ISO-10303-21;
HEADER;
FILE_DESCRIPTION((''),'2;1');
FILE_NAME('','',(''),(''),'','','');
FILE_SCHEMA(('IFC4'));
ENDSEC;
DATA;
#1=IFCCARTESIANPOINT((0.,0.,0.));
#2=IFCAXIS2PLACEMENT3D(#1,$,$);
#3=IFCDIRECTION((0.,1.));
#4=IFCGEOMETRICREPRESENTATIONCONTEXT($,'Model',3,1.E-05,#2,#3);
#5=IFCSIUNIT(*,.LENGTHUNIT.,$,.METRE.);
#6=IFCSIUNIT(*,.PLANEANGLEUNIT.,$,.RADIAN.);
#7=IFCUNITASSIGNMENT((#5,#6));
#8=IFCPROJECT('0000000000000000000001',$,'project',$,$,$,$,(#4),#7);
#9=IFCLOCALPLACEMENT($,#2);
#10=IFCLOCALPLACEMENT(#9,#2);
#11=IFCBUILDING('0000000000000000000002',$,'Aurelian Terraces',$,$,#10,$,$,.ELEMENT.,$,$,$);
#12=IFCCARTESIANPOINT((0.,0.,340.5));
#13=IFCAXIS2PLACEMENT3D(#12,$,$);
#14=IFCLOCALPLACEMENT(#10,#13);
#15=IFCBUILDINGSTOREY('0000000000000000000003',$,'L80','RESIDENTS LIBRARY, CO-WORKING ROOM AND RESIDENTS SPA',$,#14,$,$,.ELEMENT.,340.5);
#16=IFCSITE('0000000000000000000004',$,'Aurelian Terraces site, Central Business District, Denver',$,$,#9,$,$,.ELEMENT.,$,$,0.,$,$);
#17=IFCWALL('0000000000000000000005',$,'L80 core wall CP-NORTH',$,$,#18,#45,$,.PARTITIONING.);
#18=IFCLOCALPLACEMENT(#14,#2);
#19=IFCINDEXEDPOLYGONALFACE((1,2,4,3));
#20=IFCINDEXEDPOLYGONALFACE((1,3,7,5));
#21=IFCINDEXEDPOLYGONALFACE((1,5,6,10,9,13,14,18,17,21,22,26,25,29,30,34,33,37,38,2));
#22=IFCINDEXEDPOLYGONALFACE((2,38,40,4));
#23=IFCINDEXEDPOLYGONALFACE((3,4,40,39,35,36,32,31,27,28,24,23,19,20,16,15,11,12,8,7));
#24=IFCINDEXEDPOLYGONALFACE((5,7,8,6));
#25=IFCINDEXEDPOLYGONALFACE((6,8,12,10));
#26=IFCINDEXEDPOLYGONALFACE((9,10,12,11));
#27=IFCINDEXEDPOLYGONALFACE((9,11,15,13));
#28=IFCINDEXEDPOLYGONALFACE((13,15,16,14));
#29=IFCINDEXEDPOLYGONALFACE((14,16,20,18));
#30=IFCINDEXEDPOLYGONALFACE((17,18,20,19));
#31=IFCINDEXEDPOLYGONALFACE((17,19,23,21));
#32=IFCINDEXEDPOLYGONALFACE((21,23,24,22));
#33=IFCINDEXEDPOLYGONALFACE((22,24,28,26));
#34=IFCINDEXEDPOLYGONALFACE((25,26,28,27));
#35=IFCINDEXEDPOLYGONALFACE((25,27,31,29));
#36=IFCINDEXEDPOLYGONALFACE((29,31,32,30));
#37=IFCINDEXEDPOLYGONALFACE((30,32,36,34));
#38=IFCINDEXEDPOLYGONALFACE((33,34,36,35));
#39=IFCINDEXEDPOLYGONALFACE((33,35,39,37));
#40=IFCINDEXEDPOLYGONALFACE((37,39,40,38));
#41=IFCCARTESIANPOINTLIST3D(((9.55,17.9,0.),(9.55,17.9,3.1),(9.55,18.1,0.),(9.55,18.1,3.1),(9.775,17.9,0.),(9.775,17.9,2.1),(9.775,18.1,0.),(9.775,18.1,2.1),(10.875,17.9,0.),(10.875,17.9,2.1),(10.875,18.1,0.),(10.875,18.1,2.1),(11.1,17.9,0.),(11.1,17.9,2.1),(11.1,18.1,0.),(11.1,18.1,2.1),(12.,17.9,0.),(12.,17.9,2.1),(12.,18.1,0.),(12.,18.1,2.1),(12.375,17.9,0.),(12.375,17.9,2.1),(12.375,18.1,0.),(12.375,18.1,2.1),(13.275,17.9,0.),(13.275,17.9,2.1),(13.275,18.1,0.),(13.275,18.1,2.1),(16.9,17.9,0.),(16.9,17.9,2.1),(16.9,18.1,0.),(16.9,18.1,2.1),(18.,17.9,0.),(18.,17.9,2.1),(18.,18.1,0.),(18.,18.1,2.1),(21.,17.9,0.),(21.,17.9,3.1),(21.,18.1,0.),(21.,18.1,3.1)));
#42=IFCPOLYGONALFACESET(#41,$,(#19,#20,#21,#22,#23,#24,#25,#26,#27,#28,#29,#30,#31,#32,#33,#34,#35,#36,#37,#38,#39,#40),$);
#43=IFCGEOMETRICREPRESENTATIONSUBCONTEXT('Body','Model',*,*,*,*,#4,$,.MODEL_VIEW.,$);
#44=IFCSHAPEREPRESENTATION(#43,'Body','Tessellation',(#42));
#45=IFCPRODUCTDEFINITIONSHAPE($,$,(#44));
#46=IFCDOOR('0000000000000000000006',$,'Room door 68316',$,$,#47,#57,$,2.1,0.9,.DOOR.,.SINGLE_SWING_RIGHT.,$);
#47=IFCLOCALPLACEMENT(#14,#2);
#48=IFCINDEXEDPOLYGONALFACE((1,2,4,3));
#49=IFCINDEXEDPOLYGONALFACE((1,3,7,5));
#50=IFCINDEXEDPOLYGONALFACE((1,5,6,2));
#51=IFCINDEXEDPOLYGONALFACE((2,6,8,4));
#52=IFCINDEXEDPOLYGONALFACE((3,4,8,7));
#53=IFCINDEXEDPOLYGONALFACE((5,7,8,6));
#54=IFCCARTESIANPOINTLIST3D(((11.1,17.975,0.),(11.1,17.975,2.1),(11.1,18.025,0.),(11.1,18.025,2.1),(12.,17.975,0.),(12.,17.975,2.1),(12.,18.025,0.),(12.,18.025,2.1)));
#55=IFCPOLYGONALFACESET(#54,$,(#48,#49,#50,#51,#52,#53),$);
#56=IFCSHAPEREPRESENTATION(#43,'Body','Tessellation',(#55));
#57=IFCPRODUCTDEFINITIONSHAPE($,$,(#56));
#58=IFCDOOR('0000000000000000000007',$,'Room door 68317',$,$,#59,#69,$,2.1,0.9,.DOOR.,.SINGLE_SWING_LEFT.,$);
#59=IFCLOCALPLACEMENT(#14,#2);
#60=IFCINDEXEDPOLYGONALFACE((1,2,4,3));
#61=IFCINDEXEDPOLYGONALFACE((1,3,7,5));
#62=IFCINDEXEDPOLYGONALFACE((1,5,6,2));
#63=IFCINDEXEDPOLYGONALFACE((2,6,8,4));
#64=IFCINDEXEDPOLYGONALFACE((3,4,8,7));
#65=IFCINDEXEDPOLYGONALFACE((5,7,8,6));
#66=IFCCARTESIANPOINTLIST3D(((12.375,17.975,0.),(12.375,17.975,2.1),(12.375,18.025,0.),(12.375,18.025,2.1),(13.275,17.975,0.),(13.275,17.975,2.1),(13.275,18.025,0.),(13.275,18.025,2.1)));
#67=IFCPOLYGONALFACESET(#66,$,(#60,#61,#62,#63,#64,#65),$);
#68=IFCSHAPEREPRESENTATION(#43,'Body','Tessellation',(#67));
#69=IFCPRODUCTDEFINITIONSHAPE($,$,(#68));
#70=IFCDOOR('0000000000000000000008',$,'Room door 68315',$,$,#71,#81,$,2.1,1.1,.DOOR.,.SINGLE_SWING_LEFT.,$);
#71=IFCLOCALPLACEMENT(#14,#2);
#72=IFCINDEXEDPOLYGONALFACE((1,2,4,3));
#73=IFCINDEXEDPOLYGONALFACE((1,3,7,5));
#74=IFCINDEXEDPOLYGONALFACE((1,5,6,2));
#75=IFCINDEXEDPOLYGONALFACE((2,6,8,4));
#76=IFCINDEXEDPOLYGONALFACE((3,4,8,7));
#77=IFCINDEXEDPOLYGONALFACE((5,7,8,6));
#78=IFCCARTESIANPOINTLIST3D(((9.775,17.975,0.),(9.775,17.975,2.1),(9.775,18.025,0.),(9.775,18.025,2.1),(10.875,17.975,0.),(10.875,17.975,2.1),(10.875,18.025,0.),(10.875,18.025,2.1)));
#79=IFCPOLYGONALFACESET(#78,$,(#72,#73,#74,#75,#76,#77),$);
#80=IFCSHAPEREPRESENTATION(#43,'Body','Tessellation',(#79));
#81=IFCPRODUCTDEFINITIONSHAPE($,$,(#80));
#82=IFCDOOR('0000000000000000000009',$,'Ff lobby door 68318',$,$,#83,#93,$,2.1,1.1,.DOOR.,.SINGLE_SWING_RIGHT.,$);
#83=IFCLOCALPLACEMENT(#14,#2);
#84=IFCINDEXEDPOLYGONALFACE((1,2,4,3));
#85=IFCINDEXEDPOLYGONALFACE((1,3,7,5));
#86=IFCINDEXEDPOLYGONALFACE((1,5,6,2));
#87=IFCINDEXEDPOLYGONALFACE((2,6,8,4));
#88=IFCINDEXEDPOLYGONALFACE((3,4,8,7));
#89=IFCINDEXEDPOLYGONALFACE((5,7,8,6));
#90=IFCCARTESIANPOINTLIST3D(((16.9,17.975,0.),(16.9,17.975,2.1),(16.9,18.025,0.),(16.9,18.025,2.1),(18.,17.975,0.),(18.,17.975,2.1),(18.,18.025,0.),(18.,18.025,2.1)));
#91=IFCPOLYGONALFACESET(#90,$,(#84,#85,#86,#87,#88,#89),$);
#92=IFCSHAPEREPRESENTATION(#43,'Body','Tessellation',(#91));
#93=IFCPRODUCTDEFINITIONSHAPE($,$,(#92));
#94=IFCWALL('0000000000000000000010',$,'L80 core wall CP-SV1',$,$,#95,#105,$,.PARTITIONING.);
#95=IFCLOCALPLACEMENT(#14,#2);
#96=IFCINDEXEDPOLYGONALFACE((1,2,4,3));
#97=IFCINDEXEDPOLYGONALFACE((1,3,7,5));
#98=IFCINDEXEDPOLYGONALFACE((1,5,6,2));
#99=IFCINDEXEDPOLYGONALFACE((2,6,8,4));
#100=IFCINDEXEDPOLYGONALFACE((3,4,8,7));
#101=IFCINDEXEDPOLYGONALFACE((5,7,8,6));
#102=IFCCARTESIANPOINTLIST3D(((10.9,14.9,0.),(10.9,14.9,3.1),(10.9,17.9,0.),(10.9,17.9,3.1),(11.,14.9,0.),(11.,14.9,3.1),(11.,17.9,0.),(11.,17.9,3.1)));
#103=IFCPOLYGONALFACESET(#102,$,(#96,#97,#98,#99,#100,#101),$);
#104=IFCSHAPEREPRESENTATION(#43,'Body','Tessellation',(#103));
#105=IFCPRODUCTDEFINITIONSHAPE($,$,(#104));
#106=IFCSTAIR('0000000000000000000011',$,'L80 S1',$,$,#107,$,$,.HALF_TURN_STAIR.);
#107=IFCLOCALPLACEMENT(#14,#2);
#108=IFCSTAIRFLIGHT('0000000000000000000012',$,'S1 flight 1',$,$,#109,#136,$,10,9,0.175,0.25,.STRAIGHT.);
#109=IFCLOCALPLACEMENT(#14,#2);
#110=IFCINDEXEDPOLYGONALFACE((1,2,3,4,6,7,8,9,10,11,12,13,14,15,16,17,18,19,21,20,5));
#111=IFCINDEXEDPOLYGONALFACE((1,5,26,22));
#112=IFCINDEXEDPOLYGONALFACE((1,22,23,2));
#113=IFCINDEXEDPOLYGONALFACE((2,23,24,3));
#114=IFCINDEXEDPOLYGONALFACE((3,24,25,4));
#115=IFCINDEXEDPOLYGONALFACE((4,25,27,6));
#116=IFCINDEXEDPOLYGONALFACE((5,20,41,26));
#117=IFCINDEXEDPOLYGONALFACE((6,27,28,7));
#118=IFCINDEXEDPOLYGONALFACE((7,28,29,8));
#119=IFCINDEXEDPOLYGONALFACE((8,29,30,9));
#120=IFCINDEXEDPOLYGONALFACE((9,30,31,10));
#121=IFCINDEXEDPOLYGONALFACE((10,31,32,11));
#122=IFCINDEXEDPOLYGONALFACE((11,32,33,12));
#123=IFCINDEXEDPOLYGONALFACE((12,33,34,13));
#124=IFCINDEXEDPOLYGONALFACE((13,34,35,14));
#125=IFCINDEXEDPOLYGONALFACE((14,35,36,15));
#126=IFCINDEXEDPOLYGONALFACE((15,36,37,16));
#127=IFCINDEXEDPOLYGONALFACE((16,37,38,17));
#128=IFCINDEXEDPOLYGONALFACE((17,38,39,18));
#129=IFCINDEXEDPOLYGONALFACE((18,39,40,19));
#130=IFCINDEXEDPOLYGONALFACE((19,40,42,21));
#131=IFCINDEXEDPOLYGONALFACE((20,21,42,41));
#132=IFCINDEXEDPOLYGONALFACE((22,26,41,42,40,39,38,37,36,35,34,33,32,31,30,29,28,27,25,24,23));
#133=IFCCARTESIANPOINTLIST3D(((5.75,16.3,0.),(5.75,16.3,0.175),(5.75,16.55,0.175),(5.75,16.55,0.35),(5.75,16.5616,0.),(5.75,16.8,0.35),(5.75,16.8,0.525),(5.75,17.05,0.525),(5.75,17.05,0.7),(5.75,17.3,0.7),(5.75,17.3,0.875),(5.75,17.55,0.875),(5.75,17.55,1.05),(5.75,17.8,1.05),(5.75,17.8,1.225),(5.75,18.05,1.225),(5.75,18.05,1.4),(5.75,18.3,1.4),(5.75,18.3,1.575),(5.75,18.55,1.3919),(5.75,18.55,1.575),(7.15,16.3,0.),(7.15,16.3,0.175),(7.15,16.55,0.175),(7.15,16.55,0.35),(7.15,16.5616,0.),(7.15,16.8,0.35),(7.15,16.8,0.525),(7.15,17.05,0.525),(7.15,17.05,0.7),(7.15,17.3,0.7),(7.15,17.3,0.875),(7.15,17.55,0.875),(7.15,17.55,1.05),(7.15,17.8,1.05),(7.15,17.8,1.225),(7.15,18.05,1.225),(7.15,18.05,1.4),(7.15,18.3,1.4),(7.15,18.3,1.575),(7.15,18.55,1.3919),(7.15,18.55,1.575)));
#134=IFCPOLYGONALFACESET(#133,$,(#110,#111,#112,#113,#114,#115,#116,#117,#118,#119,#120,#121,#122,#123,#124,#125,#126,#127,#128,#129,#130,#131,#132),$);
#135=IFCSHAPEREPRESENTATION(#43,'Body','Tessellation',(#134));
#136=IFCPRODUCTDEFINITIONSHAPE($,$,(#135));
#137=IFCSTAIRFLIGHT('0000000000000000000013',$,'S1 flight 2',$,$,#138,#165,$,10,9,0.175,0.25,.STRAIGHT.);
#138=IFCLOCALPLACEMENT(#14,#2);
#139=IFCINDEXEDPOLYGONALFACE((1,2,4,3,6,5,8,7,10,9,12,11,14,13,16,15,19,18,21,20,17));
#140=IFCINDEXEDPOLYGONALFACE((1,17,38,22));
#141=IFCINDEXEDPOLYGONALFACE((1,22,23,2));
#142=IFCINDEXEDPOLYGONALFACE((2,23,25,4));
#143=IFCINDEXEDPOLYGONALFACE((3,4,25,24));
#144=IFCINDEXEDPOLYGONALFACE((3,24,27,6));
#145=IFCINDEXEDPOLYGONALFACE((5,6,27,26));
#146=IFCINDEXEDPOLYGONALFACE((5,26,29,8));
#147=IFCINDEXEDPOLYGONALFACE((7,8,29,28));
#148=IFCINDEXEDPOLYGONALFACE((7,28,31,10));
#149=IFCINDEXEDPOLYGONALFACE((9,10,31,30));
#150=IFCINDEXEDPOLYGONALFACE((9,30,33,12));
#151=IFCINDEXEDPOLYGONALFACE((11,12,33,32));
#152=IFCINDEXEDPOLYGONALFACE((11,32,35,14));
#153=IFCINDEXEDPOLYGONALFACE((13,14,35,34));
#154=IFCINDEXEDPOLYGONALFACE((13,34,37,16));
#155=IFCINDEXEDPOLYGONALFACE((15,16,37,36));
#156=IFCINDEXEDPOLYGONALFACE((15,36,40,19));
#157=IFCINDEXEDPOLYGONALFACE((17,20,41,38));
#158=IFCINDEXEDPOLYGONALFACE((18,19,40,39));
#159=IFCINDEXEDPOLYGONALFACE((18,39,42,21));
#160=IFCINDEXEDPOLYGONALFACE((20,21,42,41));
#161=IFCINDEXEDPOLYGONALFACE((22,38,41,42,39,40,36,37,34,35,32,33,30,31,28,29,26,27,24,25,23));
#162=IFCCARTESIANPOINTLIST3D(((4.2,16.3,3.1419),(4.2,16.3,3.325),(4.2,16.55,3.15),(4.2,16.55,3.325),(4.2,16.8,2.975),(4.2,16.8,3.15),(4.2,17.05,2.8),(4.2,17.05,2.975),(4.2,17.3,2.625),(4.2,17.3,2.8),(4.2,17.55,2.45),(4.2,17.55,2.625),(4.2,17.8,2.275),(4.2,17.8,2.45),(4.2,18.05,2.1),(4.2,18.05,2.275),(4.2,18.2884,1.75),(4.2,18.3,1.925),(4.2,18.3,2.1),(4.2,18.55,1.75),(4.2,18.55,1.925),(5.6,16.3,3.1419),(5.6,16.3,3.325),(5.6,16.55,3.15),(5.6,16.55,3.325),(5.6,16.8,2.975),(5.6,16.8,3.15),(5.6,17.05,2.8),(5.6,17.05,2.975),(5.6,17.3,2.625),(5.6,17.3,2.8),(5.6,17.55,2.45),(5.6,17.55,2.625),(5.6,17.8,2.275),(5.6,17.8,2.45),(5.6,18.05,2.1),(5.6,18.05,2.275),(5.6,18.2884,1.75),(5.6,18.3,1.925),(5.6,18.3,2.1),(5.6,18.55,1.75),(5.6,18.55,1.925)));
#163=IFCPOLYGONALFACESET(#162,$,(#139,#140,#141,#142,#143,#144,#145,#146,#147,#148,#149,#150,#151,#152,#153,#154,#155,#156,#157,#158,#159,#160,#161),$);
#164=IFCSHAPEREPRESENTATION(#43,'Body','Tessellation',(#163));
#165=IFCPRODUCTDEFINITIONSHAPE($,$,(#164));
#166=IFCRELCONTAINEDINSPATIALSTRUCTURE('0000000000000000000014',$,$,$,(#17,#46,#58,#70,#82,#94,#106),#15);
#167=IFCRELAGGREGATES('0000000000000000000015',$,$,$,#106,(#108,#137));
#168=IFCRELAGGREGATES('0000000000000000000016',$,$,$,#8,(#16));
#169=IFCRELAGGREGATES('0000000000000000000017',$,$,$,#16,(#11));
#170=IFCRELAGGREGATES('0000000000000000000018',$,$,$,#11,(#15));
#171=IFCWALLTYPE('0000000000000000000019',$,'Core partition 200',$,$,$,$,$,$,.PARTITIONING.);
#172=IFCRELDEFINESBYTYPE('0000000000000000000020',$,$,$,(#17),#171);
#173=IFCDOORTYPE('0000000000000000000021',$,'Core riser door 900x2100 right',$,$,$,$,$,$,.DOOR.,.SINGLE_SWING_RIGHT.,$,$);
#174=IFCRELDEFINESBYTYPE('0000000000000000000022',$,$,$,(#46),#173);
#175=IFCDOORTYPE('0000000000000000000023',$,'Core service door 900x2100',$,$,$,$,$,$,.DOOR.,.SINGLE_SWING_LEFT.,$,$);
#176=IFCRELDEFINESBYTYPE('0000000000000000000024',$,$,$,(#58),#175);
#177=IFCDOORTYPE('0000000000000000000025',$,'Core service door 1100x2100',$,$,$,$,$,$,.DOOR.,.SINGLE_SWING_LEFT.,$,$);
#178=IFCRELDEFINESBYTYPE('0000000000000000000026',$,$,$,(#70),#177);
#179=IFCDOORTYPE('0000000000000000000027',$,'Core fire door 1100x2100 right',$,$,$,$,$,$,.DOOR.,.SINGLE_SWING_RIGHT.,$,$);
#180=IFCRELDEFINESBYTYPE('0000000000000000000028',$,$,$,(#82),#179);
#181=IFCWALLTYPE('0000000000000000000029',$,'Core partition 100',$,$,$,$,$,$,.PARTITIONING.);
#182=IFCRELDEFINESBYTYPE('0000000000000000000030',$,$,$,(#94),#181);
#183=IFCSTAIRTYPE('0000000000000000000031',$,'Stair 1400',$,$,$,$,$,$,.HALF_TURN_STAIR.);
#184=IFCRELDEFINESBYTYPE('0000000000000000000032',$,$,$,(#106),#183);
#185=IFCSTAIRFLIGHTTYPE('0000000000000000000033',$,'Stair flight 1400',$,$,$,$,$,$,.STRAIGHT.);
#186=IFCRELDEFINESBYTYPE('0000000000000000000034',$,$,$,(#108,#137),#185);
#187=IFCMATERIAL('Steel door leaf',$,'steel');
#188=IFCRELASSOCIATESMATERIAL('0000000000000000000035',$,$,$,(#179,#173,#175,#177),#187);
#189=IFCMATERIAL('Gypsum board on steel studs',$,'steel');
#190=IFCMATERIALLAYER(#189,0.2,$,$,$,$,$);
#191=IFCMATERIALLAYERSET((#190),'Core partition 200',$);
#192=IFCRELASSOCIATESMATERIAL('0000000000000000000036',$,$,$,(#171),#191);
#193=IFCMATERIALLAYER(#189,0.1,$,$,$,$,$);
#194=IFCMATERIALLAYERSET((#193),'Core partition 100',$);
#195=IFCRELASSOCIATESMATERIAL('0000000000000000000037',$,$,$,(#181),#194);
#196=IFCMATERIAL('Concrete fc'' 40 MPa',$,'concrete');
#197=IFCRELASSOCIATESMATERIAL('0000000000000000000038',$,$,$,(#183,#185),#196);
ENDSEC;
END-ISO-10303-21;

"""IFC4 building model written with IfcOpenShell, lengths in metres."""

from ifc_helpers import new_model, si_unit, direction, frame, frame_2d, origin, place, context, subcontext, project, spatial, polyline, rectangle, outline, extrude, source, transform, mapped, material, layer, layer_set, type_object, element, fill, aggregate, save


model = new_model("IFC4")

# Units and contexts
model_context = context("Model", 3, precision=1e-05, world=origin(), true_north=direction((0.0, 1.0)))
body_context = subcontext(model_context, "Body", "Model", "MODEL_VIEW")
ifc_project = project(units=[si_unit("LENGTHUNIT", "METRE"), si_unit("PLANEANGLEUNIT", "RADIAN")], contexts=[model_context])

# Site, building, storey
site_placement = place(None, origin())
site = spatial("IfcSite", under=ifc_project, at=site_placement, Name="Aurelian Terraces site, Central Business District, Denver", CompositionType="ELEMENT", RefElevation=0.0)
building_placement = place(site_placement, origin())
building = spatial("IfcBuilding", under=site, at=building_placement, Name="Aurelian Terraces", CompositionType="ELEMENT")
storey_placement = place(building_placement, frame((0.0, 0.0, 340.5)))
storey = spatial("IfcBuildingStorey", under=building, at=storey_placement, Name="L80", Description="RESIDENTS LIBRARY, CO-WORKING ROOM AND RESIDENTS SPA", CompositionType="ELEMENT", Elevation=340.5)

# Shared definitions
ifc_material_1 = material(Name="Concrete fc' 40 MPa", Category="concrete")

# Shared definitions
shared_shape_1 = source(origin(), body_context, "Body", "SweptSolid", [
    extrude(rectangle(XDim=1.1, YDim=2.1, at=frame_2d((0.55, 1.05))), frame((0.0, 0.11, 0.0), z_axis=(0.0, -1.0, 0.0), x_axis=(1.0, 0.0, 0.0)), (0.0, 0.0, 1.0), 0.22),
])
ifc_material_2 = material(Name="Steel door leaf", Category="steel")
door_type_1 = type_object("IfcDoorType", Name="Core fire door 1100x2100 right", OperationType="SINGLE_SWING_RIGHT", PredefinedType="DOOR", material=ifc_material_2)
shared_shape_2 = source(origin(), body_context, "Body", "SweptSolid", [
    extrude(rectangle(XDim=1.1, YDim=2.1, at=frame_2d((0.55, 1.05))), frame((0.0, 0.025, 0.0), z_axis=(0.0, -1.0, 0.0), x_axis=(1.0, 0.0, 0.0)), (0.0, 0.0, 1.0), 0.05),
])

# Shared definitions
ifc_material_3 = material(Name="Gypsum board on steel studs", Category="steel")
ifc_layer_1 = layer(ifc_material_3, 0.2)
ifc_layer_set_1 = layer_set([ifc_layer_1], Name="Core partition 200")
wall_type_1 = type_object("IfcWallType", Name="Core partition 200", PredefinedType="PARTITIONING", material=ifc_layer_set_1)

# Wall, openings, doors
shared_shape_3 = source(origin(), body_context, "Body", "SweptSolid", [
    extrude(rectangle(XDim=11.45, YDim=0.2, at=frame_2d((5.725, 0.0))), origin(), (0.0, 0.0, 1.0), 3.1),
])
wall_1_placement = place(storey_placement, frame((9.55, 18.0, 0.0), z_axis=(0.0, 0.0, 1.0), x_axis=(1.0, 0.0, 0.0)))
wall_1 = element("IfcWall", 1, at=wall_1_placement, inside=storey, type_object=wall_type_1, Name="L80 core wall CP-NORTH", PredefinedType="PARTITIONING", context=body_context, shape_type="MappedRepresentation", body=[
    mapped(shared_shape_3, transform((0.0, 0.0, 0.0), scale=1.0)),
])
opening_1_placement = place(wall_1_placement, frame((0.225, 0.0, 0.0)))
opening_1 = element("IfcOpeningElement", 2, at=opening_1_placement, cuts=wall_1, PredefinedType="OPENING", context=body_context, shape_type="MappedRepresentation", body=[
    mapped(shared_shape_1, transform((0.0, 0.0, 0.0), scale=1.0)),
])
shared_shape_4 = source(origin(), body_context, "Body", "SweptSolid", [
    extrude(rectangle(XDim=0.9, YDim=2.1, at=frame_2d((0.45, 1.05))), frame((0.0, 0.11, 0.0), z_axis=(0.0, -1.0, 0.0), x_axis=(1.0, 0.0, 0.0)), (0.0, 0.0, 1.0), 0.22),
])
opening_2_placement = place(wall_1_placement, frame((1.55, 0.0, 0.0)))
opening_2 = element("IfcOpeningElement", 3, at=opening_2_placement, cuts=wall_1, PredefinedType="OPENING", context=body_context, shape_type="MappedRepresentation", body=[
    mapped(shared_shape_4, transform((0.0, 0.0, 0.0), scale=1.0)),
])
opening_3_placement = place(wall_1_placement, frame((2.825, 0.0, 0.0)))
opening_3 = element("IfcOpeningElement", 4, at=opening_3_placement, cuts=wall_1, PredefinedType="OPENING", context=body_context, shape_type="MappedRepresentation", body=[
    mapped(shared_shape_4, transform((0.0, 0.0, 0.0), scale=1.0)),
])
opening_4_placement = place(wall_1_placement, frame((7.35, 0.0, 0.0)))
opening_4 = element("IfcOpeningElement", 5, at=opening_4_placement, cuts=wall_1, PredefinedType="OPENING", context=body_context, shape_type="MappedRepresentation", body=[
    mapped(shared_shape_1, transform((0.0, 0.0, 0.0), scale=1.0)),
])
door_type_2 = type_object("IfcDoorType", Name="Core riser door 900x2100 right", OperationType="SINGLE_SWING_RIGHT", PredefinedType="DOOR", material=ifc_material_2)
shared_shape_5 = source(origin(), body_context, "Body", "SweptSolid", [
    extrude(rectangle(XDim=0.9, YDim=2.1, at=frame_2d((0.45, 1.05))), frame((0.0, 0.025, 0.0), z_axis=(0.0, -1.0, 0.0), x_axis=(1.0, 0.0, 0.0)), (0.0, 0.0, 1.0), 0.05),
])
door_1_placement = place(opening_2_placement, origin())
door_1 = element("IfcDoor", 6, at=door_1_placement, inside=storey, type_object=door_type_2, Name="Room door 68316", OperationType="SINGLE_SWING_RIGHT", OverallHeight=2.1, OverallWidth=0.9, PredefinedType="DOOR", context=body_context, shape_type="MappedRepresentation", body=[
    mapped(shared_shape_5, transform((0.0, 0.0, 0.0), scale=1.0)),
])
fill(opening_2, door_1)
door_type_3 = type_object("IfcDoorType", Name="Core service door 900x2100", OperationType="SINGLE_SWING_LEFT", PredefinedType="DOOR", material=ifc_material_2)
door_2_placement = place(opening_3_placement, origin())
door_2 = element("IfcDoor", 7, at=door_2_placement, inside=storey, type_object=door_type_3, Name="Room door 68317", OperationType="SINGLE_SWING_LEFT", OverallHeight=2.1, OverallWidth=0.9, PredefinedType="DOOR", context=body_context, shape_type="MappedRepresentation", body=[
    mapped(shared_shape_5, transform((0.0, 0.0, 0.0), scale=1.0)),
])
fill(opening_3, door_2)
door_type_4 = type_object("IfcDoorType", Name="Core service door 1100x2100", OperationType="SINGLE_SWING_LEFT", PredefinedType="DOOR", material=ifc_material_2)
door_3_placement = place(opening_1_placement, origin())
door_3 = element("IfcDoor", 8, at=door_3_placement, inside=storey, type_object=door_type_4, Name="Room door 68315", OperationType="SINGLE_SWING_LEFT", OverallHeight=2.1, OverallWidth=1.1, PredefinedType="DOOR", context=body_context, shape_type="MappedRepresentation", body=[
    mapped(shared_shape_2, transform((0.0, 0.0, 0.0), scale=1.0)),
])
fill(opening_1, door_3)
door_4_placement = place(opening_4_placement, origin())
door_4 = element("IfcDoor", 9, at=door_4_placement, inside=storey, type_object=door_type_1, Name="Ff lobby door 68318", OperationType="SINGLE_SWING_RIGHT", OverallHeight=2.1, OverallWidth=1.1, PredefinedType="DOOR", context=body_context, shape_type="MappedRepresentation", body=[
    mapped(shared_shape_2, transform((0.0, 0.0, 0.0), scale=1.0)),
])
fill(opening_4, door_4)

# Wall
ifc_layer_2 = layer(ifc_material_3, 0.1)
ifc_layer_set_2 = layer_set([ifc_layer_2], Name="Core partition 100")
wall_type_2 = type_object("IfcWallType", Name="Core partition 100", PredefinedType="PARTITIONING", material=ifc_layer_set_2)
shared_shape_6 = source(origin(), body_context, "Body", "SweptSolid", [
    extrude(rectangle(XDim=3.0, YDim=0.1, at=frame_2d((1.5, 0.0))), origin(), (0.0, 0.0, 1.0), 3.1),
])
wall_2_placement = place(storey_placement, frame((10.95, 14.9, 0.0), z_axis=(0.0, 0.0, 1.0), x_axis=(0.0, 1.0, 0.0)))
element("IfcWall", 10, at=wall_2_placement, inside=storey, type_object=wall_type_2, Name="L80 core wall CP-SV1", PredefinedType="PARTITIONING", context=body_context, shape_type="MappedRepresentation", body=[
    mapped(shared_shape_6, transform((0.0, 0.0, 0.0), scale=1.0)),
])

# Stair, stair flights
stair_type = type_object("IfcStairType", Name="Stair 1400", PredefinedType="HALF_TURN_STAIR", material=ifc_material_1)
stair_placement = place(storey_placement, origin())
stair = element("IfcStair", 11, at=stair_placement, inside=storey, type_object=stair_type, Name="L80 S1", PredefinedType="HALF_TURN_STAIR")
stair_flight_type = type_object("IfcStairFlightType", Name="Stair flight 1400", PredefinedType="STRAIGHT", material=ifc_material_1)
shared_shape_7 = source(origin(), body_context, "Body", "SweptSolid", [
    extrude(outline(polyline([(0.0, 0.0), (0.0, 0.175), (0.25, 0.175), (0.25, 0.35), (0.5, 0.35), (0.5, 0.525), (0.75, 0.525), (0.75, 0.7), (1.0, 0.7), (1.0, 0.875), (1.25, 0.875), (1.25, 1.05), (1.5, 1.05), (1.5, 1.225), (1.75, 1.225), (1.75, 1.4), (2.0, 1.4), (2.0, 1.575), (2.25, 1.575), (2.25, 1.75), (2.25, 1.3919), (0.2616, 0.0), (0.0, 0.0)])), frame((0.0, 0.7, 0.0), z_axis=(0.0, -1.0, 0.0), x_axis=(1.0, 0.0, 0.0)), (0.0, 0.0, 1.0), 1.4),
])
stair_flight_1_placement = place(storey_placement, frame((6.45, 16.3, 0.0), z_axis=(0.0, 0.0, 1.0), x_axis=(0.0, 1.0, 0.0)))
stair_flight_1 = element("IfcStairFlight", 12, at=stair_flight_1_placement, type_object=stair_flight_type, Name="S1 flight 1", NumberOfRisers=10, NumberOfTreads=9, PredefinedType="STRAIGHT", RiserHeight=0.175, TreadLength=0.25, context=body_context, shape_type="MappedRepresentation", body=[
    mapped(shared_shape_7, transform((0.0, 0.0, 0.0), scale=1.0)),
])
stair_flight_2_placement = place(storey_placement, frame((4.9, 18.55, 1.75), z_axis=(0.0, 0.0, 1.0), x_axis=(0.0, -1.0, 0.0)))
stair_flight_2 = element("IfcStairFlight", 13, at=stair_flight_2_placement, type_object=stair_flight_type, Name="S1 flight 2", NumberOfRisers=10, NumberOfTreads=9, PredefinedType="STRAIGHT", RiserHeight=0.175, TreadLength=0.25, context=body_context, shape_type="MappedRepresentation", body=[
    mapped(shared_shape_7, transform((0.0, 0.0, 0.0), scale=1.0)),
])
aggregate(stair, [stair_flight_1, stair_flight_2])

save(model, "model.ifc")
